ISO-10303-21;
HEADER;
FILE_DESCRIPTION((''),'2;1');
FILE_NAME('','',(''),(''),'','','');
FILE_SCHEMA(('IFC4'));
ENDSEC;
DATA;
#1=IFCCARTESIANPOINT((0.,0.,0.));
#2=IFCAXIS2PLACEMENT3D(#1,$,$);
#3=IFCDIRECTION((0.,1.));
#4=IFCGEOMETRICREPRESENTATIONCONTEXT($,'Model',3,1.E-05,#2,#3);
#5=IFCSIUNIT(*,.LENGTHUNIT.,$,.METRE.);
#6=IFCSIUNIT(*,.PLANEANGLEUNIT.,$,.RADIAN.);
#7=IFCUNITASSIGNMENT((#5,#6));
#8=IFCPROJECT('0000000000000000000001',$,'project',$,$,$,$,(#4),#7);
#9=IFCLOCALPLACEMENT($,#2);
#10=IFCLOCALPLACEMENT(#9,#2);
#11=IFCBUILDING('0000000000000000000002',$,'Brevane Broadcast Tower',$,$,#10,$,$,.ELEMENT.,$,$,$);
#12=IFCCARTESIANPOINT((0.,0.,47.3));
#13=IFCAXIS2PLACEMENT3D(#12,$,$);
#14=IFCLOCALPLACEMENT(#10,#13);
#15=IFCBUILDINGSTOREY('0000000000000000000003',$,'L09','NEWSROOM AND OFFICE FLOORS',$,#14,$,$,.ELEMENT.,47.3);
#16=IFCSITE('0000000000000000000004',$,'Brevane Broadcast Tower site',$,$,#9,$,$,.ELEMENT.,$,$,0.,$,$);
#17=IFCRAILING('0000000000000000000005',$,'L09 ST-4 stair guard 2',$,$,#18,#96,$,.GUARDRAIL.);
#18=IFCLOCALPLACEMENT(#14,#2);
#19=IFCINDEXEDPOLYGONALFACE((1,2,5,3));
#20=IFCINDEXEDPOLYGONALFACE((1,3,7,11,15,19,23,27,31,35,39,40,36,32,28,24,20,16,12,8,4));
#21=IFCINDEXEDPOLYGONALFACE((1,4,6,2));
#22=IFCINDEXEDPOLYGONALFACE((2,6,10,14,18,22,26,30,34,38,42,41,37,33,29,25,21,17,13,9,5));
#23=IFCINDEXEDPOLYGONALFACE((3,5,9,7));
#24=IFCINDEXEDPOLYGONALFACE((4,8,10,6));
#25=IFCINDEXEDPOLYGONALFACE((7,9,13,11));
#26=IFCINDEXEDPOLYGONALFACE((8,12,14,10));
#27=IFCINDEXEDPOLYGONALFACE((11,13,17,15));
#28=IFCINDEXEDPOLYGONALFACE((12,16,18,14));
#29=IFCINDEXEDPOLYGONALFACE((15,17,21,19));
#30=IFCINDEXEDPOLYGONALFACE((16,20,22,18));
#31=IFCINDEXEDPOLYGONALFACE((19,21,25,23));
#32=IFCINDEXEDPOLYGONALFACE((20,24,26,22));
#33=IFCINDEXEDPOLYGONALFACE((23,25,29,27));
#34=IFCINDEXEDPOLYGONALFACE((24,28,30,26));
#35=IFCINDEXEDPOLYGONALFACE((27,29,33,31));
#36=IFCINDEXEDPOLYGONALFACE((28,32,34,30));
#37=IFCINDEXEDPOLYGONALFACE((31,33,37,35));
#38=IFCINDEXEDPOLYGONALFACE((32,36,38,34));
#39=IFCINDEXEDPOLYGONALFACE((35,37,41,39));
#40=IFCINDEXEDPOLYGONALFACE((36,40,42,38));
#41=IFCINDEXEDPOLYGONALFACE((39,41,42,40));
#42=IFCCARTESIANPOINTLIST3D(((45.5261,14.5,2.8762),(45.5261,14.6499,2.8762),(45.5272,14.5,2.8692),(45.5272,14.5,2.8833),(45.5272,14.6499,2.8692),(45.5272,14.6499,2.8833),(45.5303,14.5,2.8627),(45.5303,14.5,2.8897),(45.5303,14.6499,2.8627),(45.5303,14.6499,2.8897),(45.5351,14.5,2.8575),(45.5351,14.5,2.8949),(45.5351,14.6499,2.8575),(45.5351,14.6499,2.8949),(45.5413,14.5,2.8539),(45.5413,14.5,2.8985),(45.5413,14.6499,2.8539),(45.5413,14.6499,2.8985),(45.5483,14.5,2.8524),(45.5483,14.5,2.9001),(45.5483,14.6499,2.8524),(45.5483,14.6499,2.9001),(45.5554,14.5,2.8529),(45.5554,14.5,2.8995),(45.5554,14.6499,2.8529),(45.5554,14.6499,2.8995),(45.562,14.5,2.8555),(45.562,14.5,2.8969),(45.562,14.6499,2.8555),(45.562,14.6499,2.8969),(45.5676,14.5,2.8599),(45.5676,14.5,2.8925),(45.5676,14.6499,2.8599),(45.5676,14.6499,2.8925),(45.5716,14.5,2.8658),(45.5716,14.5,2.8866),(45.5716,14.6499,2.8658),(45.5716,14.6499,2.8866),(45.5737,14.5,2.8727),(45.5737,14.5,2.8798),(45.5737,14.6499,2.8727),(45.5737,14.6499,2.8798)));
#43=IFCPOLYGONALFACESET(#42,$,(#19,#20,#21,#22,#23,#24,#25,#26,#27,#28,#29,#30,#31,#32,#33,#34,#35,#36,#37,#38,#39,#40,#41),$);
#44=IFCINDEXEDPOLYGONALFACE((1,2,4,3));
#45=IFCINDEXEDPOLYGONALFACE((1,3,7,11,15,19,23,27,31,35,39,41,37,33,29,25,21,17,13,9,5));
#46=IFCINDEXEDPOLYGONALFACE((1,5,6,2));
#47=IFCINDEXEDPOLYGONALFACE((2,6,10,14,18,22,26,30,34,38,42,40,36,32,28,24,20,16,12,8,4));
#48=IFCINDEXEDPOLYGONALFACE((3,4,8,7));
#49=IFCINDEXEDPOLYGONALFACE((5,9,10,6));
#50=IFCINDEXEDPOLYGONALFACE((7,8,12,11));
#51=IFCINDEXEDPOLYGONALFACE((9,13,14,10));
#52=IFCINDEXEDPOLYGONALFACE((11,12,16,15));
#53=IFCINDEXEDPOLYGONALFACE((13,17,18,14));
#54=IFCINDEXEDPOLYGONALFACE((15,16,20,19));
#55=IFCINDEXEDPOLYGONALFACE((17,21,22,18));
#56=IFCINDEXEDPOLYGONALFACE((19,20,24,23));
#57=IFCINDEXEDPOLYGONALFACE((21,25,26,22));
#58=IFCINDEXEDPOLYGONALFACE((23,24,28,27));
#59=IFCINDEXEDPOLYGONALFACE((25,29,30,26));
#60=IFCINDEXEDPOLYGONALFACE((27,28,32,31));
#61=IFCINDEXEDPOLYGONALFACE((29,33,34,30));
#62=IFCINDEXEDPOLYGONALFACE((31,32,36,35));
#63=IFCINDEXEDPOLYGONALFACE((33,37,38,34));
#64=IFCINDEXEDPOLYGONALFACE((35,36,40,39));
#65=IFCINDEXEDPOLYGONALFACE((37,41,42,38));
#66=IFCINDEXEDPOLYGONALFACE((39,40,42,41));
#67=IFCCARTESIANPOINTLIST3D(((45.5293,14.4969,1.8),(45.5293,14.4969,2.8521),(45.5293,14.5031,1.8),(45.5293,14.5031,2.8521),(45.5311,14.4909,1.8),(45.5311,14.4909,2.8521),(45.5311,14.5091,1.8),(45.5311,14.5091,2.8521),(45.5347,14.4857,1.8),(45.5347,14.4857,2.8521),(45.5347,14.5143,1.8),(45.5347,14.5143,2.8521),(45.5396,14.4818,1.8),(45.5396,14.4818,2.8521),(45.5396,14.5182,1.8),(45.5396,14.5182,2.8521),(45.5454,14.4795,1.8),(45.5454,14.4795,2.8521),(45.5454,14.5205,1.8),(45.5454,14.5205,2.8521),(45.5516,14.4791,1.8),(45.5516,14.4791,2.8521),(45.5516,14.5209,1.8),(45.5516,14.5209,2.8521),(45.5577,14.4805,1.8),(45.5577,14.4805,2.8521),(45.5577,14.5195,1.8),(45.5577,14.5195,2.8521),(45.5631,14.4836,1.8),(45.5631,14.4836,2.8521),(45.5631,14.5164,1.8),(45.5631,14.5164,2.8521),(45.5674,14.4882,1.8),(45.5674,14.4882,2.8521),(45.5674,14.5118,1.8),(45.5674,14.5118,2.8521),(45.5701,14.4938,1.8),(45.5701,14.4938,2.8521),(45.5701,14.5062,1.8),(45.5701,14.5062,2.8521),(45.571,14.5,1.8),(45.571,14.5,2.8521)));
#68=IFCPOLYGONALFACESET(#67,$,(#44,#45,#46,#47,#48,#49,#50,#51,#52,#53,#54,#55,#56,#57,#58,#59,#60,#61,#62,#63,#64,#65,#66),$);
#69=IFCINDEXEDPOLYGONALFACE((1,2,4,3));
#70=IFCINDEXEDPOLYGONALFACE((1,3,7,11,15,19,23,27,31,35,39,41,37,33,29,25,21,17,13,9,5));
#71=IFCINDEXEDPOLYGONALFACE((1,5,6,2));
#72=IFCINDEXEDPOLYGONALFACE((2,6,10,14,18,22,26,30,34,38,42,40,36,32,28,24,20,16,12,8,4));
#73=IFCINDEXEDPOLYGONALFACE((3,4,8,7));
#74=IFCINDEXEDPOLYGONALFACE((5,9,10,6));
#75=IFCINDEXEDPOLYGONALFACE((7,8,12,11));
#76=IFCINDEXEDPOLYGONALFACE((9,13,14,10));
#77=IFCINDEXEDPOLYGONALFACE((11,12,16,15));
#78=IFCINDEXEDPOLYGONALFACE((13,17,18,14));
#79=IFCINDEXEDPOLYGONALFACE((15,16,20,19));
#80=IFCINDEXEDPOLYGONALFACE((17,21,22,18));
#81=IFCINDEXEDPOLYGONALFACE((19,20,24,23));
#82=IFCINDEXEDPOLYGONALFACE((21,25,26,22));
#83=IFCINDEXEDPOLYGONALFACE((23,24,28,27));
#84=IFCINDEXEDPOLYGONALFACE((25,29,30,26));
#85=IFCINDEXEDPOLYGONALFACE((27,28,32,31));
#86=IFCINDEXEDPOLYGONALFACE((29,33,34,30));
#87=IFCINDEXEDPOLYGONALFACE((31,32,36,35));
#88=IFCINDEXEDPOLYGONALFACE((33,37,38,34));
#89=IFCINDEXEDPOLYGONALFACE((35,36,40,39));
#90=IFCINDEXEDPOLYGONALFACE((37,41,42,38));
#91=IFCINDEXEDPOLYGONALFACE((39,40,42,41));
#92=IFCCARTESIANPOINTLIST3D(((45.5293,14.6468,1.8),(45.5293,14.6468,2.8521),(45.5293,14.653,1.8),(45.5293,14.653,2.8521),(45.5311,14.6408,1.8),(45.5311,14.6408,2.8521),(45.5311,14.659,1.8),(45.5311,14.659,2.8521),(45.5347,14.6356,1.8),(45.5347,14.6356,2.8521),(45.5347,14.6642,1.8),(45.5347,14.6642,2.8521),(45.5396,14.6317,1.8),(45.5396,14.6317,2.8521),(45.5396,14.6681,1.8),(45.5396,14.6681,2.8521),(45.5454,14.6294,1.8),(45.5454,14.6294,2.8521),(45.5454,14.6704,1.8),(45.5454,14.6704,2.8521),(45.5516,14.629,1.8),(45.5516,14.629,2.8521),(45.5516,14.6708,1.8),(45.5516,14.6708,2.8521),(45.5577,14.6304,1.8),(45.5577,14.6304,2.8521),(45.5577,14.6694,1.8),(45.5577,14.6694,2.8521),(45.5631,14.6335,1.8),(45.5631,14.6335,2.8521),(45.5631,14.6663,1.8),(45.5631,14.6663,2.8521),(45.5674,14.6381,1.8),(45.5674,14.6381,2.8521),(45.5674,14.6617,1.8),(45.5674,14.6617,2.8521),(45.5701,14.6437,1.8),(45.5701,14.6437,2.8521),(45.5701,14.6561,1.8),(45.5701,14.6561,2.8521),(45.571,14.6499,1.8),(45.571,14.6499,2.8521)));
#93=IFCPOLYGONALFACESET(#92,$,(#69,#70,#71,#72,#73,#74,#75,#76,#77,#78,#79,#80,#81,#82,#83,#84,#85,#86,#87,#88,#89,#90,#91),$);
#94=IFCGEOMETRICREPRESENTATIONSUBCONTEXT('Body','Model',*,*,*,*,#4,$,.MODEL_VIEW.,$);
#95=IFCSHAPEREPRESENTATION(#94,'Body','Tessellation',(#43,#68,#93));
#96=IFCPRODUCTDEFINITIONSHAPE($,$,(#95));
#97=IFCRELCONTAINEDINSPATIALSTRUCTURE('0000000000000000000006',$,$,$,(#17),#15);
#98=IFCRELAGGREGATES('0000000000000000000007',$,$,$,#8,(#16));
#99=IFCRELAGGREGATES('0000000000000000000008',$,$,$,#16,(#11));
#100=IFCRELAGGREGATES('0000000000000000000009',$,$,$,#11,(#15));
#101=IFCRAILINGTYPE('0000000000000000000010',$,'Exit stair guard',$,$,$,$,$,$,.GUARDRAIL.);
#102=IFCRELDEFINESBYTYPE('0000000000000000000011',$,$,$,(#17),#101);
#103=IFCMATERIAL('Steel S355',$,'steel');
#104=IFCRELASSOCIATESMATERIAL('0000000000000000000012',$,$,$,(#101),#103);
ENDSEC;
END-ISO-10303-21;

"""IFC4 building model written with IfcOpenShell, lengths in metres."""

from ifc_helpers import new_model, si_unit, direction, frame, origin, origin_2d, place, context, subcontext, project, spatial, circle, extrude, material, type_object, element, save


model = new_model("IFC4")

# Units and contexts
model_context = context("Model", 3, precision=1e-05, world=origin(), true_north=direction((0.0, 1.0)))
body_context = subcontext(model_context, "Body", "Model", "MODEL_VIEW")
ifc_project = project(units=[si_unit("LENGTHUNIT", "METRE"), si_unit("PLANEANGLEUNIT", "RADIAN")], contexts=[model_context])

# Site, building, storey
site_placement = place(None, origin())
site = spatial("IfcSite", under=ifc_project, at=site_placement, Name="Brevane Broadcast Tower site", CompositionType="ELEMENT", RefElevation=0.0)
building_placement = place(site_placement, origin())
building = spatial("IfcBuilding", under=site, at=building_placement, Name="Brevane Broadcast Tower", CompositionType="ELEMENT")
storey_placement = place(building_placement, frame((0.0, 0.0, 47.3)))
storey = spatial("IfcBuildingStorey", under=building, at=storey_placement, Name="L09", Description="NEWSROOM AND OFFICE FLOORS", CompositionType="ELEMENT", Elevation=47.3)

# Railing
ifc_material_1 = material(Name="Steel S355", Category="steel")
railing_type_1 = type_object("IfcRailingType", Name="Exit stair guard", PredefinedType="GUARDRAIL", material=ifc_material_1)
railing_1_placement = place(storey_placement, frame((45.55, 14.5, 1.8)))
element("IfcRailing", 1, at=railing_1_placement, inside=storey, type_object=railing_type_1, Name="L09 ST-4 stair guard 2", PredefinedType="GUARDRAIL", context=body_context, shape_type="SweptSolid", body=[
    extrude(circle(Radius=0.0239, at=origin_2d()), frame((0.0, 0.0, 1.0762), z_axis=(0.0, 1.0, 0.0), x_axis=(-1.0, 0.0, 0.0)), (0.0, 0.0, 1.0), 0.1499),
    extrude(circle(Radius=0.021, at=origin_2d()), origin(), (0.0, 0.0, 1.0), 1.052),
    extrude(circle(Radius=0.021, at=origin_2d()), frame((0.0, 0.1499, 0.0)), (0.0, 0.0, 1.0), 1.052),
])

save(model, "model.ifc")
